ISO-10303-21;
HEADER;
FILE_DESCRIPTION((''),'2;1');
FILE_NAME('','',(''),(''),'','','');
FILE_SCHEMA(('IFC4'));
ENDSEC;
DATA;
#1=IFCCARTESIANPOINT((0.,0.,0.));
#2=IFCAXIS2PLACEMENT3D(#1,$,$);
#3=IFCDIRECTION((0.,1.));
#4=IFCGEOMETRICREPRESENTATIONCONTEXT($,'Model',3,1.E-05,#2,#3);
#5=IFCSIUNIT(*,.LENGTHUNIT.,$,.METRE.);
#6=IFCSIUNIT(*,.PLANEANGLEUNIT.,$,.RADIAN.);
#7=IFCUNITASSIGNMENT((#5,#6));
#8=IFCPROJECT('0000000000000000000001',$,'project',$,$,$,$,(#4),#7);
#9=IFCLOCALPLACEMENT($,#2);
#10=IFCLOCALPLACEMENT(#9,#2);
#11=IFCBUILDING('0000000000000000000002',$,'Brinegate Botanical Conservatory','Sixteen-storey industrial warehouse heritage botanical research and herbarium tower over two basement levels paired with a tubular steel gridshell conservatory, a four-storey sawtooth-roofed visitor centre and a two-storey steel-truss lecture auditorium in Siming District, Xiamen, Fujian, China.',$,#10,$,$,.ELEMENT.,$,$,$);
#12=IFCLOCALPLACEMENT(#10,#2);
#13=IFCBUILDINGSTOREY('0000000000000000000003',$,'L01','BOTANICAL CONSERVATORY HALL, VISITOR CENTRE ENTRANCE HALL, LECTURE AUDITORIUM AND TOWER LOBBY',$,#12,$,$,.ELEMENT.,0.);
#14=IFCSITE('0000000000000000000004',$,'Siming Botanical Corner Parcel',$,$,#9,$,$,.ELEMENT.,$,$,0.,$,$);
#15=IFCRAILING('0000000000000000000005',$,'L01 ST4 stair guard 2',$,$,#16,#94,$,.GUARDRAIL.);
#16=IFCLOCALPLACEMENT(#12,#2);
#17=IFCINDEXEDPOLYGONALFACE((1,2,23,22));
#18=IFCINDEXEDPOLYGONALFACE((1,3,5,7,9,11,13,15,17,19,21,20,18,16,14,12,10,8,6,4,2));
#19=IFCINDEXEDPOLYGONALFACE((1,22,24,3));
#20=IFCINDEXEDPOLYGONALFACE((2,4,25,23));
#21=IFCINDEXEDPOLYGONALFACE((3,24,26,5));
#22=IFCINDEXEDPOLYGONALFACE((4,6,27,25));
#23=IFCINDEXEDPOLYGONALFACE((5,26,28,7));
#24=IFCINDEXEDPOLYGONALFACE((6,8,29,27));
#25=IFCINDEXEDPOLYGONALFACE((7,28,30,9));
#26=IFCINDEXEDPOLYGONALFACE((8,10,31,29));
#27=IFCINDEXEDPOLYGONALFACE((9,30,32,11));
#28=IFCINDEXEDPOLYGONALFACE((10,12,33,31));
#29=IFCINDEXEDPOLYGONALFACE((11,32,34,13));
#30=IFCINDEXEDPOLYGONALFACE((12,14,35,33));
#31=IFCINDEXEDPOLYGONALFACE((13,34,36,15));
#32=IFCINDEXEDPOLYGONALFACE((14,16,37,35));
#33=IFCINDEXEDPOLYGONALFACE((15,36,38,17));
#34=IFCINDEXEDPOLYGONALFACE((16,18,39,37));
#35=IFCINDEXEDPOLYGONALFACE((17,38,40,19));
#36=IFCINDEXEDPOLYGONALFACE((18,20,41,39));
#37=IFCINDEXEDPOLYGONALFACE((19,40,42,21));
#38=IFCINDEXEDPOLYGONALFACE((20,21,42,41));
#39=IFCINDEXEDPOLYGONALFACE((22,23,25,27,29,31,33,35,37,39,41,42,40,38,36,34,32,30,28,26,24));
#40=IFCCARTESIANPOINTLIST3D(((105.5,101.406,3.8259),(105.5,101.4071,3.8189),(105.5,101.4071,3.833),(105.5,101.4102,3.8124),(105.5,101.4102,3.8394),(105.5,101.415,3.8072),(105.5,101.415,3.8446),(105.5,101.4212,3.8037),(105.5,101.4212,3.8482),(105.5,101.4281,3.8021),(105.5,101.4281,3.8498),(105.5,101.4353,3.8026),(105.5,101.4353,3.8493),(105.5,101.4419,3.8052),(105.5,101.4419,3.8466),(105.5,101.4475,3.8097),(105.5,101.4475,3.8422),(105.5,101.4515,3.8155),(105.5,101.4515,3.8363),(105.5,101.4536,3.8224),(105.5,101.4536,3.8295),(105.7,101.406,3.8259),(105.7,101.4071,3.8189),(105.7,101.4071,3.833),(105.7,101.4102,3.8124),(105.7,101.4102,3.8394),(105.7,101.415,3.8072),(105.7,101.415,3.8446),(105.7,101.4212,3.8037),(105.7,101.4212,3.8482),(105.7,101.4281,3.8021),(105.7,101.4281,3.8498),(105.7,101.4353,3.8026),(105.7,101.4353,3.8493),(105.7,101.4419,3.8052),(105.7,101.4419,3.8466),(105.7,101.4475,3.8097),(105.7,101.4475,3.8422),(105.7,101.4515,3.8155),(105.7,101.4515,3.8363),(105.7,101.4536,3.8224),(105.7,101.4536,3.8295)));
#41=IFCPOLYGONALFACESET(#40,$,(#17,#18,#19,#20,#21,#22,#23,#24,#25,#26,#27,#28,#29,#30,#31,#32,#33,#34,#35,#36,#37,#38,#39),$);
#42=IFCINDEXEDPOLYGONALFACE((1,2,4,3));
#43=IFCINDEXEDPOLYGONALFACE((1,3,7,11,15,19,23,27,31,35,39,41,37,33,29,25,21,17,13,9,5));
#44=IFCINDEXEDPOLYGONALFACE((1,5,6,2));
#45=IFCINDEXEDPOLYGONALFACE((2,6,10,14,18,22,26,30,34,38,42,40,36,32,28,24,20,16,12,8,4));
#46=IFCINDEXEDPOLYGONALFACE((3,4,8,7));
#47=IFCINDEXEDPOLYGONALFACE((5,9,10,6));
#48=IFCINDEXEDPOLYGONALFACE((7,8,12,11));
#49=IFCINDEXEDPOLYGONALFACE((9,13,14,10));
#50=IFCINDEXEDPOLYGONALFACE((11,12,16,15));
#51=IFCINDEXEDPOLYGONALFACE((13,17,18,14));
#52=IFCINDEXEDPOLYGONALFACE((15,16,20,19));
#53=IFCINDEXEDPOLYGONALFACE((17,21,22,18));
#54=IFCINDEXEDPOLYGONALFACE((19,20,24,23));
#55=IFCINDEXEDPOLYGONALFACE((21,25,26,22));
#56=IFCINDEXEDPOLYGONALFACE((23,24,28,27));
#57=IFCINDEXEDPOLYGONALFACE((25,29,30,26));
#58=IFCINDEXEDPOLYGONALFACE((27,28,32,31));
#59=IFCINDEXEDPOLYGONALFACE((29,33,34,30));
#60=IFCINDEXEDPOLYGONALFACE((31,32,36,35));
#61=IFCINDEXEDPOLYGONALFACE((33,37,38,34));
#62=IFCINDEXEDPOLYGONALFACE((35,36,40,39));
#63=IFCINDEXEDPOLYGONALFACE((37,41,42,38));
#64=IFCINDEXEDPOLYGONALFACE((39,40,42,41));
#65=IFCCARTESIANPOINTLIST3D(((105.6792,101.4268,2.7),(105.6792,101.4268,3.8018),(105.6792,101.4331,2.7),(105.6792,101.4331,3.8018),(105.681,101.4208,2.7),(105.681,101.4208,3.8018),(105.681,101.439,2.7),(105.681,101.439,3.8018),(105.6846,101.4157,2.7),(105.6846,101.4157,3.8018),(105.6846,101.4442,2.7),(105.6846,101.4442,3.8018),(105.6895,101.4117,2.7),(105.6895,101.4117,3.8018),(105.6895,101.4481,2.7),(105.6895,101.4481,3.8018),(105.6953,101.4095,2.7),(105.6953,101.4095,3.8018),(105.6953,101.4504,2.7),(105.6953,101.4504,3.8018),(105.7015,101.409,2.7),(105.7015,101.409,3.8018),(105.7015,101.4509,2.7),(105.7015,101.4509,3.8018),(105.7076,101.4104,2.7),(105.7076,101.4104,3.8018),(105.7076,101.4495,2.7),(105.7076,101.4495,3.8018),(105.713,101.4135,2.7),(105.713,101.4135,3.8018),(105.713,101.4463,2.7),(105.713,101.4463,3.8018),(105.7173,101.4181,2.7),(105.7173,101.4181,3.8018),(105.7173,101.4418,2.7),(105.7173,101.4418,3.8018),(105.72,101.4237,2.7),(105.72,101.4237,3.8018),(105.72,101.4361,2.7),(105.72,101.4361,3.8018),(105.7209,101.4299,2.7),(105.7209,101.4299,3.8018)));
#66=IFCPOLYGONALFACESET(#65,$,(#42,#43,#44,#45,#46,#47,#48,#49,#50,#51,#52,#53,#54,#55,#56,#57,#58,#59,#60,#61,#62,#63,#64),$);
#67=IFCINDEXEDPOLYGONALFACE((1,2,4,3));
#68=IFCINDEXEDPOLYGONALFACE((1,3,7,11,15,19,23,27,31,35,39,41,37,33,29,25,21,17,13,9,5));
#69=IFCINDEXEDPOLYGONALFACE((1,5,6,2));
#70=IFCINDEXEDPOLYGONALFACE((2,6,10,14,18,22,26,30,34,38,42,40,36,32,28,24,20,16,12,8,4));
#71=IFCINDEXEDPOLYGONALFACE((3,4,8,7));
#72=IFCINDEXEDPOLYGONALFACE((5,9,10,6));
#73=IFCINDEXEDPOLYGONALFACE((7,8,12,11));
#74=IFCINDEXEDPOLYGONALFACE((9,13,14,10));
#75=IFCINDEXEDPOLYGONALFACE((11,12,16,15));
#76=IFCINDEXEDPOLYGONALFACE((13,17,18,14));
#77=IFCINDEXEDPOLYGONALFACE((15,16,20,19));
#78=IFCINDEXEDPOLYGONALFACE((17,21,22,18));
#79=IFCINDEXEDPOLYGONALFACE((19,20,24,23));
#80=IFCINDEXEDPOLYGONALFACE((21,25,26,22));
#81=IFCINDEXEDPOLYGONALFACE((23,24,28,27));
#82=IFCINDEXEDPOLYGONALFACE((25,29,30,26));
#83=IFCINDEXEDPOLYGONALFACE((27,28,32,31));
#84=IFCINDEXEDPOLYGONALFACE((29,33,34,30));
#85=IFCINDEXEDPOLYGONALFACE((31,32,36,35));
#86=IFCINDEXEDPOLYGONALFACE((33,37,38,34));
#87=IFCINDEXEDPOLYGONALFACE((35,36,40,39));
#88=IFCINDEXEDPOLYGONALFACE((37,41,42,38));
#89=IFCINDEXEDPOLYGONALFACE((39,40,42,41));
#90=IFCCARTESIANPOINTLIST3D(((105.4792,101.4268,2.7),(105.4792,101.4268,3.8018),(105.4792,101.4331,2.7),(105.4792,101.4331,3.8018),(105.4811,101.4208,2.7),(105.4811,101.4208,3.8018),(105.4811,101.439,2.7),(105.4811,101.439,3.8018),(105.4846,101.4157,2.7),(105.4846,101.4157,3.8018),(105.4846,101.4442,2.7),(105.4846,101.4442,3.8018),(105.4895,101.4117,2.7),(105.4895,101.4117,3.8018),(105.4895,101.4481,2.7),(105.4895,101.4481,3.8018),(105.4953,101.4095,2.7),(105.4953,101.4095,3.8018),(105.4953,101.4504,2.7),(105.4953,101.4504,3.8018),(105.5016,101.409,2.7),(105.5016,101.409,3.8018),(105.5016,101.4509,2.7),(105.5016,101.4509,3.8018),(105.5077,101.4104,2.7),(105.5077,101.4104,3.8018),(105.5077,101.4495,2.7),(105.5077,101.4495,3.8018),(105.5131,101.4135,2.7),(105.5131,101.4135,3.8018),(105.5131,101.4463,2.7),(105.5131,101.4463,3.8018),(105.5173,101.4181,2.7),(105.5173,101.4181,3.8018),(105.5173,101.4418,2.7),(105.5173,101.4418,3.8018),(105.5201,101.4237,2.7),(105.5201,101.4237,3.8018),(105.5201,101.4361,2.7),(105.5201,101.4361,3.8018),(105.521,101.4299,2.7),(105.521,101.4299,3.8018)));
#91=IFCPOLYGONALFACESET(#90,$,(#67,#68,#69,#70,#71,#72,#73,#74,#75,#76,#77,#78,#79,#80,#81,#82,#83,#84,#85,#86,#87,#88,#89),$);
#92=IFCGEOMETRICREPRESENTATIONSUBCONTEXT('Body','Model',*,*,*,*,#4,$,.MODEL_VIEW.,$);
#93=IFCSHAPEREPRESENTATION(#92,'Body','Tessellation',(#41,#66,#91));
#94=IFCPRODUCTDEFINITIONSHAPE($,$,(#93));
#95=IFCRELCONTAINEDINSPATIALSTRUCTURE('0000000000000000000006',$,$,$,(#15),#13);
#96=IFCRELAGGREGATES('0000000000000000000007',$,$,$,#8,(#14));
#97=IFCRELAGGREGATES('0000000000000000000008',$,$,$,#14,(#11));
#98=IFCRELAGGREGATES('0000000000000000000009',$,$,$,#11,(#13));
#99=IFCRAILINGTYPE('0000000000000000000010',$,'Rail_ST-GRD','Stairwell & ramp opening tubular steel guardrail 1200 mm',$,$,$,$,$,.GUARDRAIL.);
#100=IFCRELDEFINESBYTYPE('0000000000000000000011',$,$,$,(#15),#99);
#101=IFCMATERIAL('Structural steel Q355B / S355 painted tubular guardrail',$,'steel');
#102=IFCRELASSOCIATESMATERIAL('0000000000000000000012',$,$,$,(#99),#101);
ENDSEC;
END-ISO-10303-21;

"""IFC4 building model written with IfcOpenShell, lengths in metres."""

from ifc_helpers import new_model, si_unit, direction, frame, origin, origin_2d, place, context, subcontext, project, spatial, circle, extrude, material, type_object, element, save


model = new_model("IFC4")

# Units and contexts
model_context = context("Model", 3, precision=1e-05, world=origin(), true_north=direction((0.0, 1.0)))
body_context = subcontext(model_context, "Body", "Model", "MODEL_VIEW")
ifc_project = project(units=[si_unit("LENGTHUNIT", "METRE"), si_unit("PLANEANGLEUNIT", "RADIAN")], contexts=[model_context])

# Site, building, storey
site_placement = place(None, origin())
site = spatial("IfcSite", under=ifc_project, at=site_placement, Name="Siming Botanical Corner Parcel", CompositionType="ELEMENT", RefElevation=0.0)
building_placement = place(site_placement, origin())
building = spatial("IfcBuilding", under=site, at=building_placement, Name="Brinegate Botanical Conservatory", Description="Sixteen-storey industrial warehouse heritage botanical research and herbarium tower over two basement levels paired with a tubular steel gridshell conservatory, a four-storey sawtooth-roofed visitor centre and a two-storey steel-truss lecture auditorium in Siming District, Xiamen, Fujian, China.", CompositionType="ELEMENT")
storey_placement = place(building_placement, origin())
storey = spatial("IfcBuildingStorey", under=building, at=storey_placement, Name="L01", Description="BOTANICAL CONSERVATORY HALL, VISITOR CENTRE ENTRANCE HALL, LECTURE AUDITORIUM AND TOWER LOBBY", CompositionType="ELEMENT", Elevation=0.0)

# Railing
ifc_material_1 = material(Name="Structural steel Q355B / S355 painted tubular guardrail", Category="steel")
railing_type_1 = type_object("IfcRailingType", Name="Rail_ST-GRD", Description="Stairwell & ramp opening tubular steel guardrail 1200 mm", PredefinedType="GUARDRAIL", material=ifc_material_1)
railing_1_placement = place(storey_placement, frame((105.7, 101.4299, 2.7)))
element("IfcRailing", 1, at=railing_1_placement, inside=storey, type_object=railing_type_1, Name="L01 ST4 stair guard 2", PredefinedType="GUARDRAIL", context=body_context, shape_type="SweptSolid", body=[
    extrude(circle(Radius=0.0239, at=origin_2d()), frame((0.0, 0.0, 1.126), z_axis=(-1.0, 0.0, 0.0), x_axis=(0.0, -1.0, 0.0)), (0.0, 0.0, 1.0), 0.2),
    extrude(circle(Radius=0.021, at=origin_2d()), origin(), (0.0, 0.0, 1.0), 1.1018),
    extrude(circle(Radius=0.021, at=origin_2d()), frame((-0.2, 0.0, 0.0)), (0.0, 0.0, 1.0), 1.1018),
])

save(model, "model.ifc")
